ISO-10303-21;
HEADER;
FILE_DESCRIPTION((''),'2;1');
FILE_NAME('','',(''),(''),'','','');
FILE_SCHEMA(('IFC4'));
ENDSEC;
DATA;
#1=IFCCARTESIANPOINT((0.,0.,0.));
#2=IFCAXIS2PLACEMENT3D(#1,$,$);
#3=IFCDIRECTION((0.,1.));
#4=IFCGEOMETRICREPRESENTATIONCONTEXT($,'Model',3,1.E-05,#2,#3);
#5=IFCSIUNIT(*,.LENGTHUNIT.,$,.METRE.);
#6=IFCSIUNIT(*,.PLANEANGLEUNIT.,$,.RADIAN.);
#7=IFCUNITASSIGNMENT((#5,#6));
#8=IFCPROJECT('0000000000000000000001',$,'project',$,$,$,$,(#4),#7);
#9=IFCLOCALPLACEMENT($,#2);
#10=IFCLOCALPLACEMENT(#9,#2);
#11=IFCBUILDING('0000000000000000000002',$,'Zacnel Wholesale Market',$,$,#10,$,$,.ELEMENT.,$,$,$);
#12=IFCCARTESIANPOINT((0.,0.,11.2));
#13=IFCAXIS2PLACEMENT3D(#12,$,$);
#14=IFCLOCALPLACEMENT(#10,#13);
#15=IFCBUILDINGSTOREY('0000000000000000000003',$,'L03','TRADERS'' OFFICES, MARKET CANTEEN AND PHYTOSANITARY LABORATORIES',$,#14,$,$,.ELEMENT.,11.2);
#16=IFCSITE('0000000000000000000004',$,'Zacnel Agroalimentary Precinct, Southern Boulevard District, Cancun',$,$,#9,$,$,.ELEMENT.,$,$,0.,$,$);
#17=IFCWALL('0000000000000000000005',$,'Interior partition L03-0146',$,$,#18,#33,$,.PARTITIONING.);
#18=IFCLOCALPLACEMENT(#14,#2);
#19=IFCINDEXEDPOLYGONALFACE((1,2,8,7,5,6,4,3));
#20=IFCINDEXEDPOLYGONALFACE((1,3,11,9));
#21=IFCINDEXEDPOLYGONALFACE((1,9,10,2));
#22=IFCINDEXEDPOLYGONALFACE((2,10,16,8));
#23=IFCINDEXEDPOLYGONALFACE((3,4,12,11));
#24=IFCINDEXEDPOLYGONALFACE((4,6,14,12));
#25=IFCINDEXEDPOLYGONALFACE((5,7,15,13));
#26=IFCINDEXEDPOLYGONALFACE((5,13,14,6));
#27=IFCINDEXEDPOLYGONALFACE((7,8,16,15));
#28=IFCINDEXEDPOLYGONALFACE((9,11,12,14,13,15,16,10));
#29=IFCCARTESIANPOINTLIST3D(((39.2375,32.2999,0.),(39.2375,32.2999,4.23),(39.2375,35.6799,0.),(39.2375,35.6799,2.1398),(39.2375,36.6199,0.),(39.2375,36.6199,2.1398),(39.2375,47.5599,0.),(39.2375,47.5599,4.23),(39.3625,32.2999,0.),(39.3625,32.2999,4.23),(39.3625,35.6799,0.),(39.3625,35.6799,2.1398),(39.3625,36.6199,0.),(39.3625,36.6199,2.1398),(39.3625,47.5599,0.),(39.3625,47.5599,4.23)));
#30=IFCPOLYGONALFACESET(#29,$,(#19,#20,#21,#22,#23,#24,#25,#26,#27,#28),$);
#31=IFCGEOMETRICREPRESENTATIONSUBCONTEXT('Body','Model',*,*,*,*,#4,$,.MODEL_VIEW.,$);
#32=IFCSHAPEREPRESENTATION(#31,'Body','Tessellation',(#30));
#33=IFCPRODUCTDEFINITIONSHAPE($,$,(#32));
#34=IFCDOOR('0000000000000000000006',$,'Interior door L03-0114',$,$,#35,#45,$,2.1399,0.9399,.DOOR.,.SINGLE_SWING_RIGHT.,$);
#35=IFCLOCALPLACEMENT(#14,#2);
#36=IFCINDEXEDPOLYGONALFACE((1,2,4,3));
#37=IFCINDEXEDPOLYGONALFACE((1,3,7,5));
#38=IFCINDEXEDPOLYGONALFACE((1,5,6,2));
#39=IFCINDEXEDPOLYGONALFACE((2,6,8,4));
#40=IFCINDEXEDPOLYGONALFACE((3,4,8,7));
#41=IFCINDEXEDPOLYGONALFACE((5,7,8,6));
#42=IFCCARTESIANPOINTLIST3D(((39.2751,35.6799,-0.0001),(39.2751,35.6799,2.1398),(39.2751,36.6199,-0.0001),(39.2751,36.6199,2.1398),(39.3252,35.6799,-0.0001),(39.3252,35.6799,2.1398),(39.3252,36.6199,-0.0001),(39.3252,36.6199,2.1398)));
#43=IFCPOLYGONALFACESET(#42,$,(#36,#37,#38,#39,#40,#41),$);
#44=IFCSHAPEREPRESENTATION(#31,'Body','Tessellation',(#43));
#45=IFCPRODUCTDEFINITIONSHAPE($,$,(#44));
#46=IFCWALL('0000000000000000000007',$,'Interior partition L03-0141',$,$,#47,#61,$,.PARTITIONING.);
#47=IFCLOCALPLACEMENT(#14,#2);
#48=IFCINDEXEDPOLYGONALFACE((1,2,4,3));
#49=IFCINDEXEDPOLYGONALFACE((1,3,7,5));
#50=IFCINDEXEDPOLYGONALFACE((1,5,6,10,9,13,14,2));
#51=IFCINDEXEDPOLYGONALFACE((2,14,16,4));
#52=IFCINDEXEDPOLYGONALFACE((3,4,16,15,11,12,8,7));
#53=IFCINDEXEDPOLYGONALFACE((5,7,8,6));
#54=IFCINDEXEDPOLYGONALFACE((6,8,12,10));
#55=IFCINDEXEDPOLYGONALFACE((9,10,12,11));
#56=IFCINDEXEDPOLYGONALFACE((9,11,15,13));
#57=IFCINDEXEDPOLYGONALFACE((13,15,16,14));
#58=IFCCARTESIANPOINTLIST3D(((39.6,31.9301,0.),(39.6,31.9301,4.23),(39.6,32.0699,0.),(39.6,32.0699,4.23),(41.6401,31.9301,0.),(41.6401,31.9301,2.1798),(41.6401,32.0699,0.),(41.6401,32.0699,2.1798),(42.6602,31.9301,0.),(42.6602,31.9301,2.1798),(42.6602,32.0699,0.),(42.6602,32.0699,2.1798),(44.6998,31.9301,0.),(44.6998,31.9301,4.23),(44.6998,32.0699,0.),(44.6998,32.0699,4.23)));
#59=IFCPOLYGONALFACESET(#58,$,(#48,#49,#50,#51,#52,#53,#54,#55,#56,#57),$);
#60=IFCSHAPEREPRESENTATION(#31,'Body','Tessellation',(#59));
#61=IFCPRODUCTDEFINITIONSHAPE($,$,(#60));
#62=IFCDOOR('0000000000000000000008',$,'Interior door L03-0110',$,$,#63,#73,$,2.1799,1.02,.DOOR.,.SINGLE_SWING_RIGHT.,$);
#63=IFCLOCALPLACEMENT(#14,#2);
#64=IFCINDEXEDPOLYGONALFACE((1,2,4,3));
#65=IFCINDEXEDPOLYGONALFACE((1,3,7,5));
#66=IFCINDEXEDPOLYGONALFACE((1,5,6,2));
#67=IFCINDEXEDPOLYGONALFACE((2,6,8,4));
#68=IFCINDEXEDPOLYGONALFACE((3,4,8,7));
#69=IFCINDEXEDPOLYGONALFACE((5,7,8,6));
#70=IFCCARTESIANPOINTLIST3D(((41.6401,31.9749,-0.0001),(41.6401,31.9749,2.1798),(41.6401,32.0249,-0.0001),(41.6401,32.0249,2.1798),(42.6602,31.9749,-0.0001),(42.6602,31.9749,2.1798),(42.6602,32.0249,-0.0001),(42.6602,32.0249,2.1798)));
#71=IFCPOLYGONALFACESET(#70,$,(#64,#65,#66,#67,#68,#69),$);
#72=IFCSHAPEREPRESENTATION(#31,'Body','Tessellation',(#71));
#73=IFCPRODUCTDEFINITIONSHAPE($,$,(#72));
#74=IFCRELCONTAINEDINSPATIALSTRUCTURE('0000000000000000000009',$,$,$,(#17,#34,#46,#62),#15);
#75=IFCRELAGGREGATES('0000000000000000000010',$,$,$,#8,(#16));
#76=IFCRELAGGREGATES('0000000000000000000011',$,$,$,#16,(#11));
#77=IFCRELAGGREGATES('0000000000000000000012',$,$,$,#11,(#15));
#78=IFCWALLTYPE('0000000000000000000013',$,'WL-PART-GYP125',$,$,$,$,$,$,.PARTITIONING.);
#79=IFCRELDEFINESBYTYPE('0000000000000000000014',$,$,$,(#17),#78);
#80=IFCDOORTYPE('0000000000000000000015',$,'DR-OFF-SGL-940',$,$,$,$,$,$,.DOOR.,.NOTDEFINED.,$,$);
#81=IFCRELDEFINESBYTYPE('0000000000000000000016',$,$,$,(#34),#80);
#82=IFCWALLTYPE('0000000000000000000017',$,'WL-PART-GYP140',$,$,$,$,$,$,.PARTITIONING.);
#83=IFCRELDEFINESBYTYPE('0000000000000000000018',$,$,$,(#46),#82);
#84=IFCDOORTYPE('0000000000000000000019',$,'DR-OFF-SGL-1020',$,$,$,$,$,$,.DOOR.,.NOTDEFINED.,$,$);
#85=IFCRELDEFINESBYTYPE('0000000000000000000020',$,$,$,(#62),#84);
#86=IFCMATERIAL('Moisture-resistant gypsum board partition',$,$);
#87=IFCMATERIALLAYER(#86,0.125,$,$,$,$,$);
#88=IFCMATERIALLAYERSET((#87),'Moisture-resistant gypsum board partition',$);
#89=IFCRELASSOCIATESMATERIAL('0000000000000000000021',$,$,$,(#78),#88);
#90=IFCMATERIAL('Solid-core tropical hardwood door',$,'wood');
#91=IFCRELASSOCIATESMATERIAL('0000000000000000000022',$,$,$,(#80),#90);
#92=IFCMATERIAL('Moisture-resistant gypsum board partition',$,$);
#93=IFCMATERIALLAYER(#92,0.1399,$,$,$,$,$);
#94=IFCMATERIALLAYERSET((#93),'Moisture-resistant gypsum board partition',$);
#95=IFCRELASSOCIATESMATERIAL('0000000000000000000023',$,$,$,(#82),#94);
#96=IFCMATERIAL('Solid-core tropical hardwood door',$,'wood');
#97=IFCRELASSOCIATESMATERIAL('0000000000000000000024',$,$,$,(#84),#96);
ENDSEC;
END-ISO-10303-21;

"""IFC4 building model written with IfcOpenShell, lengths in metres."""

from ifc_helpers import new_model, si_unit, direction, frame, frame_2d, origin, place, context, subcontext, project, spatial, rectangle, extrude, material, layer, layer_set, type_object, element, fill, save


model = new_model("IFC4")

# Units and contexts
model_context = context("Model", 3, precision=1e-05, world=origin(), true_north=direction((0.0, 1.0)))
body_context = subcontext(model_context, "Body", "Model", "MODEL_VIEW")
ifc_project = project(units=[si_unit("LENGTHUNIT", "METRE"), si_unit("PLANEANGLEUNIT", "RADIAN")], contexts=[model_context])

# Site, building, storey
site_placement = place(None, origin())
site = spatial("IfcSite", under=ifc_project, at=site_placement, Name="Zacnel Agroalimentary Precinct, Southern Boulevard District, Cancun", CompositionType="ELEMENT", RefElevation=0.0)
building_placement = place(site_placement, origin())
building = spatial("IfcBuilding", under=site, at=building_placement, Name="Zacnel Wholesale Market", CompositionType="ELEMENT")
storey_placement = place(building_placement, frame((0.0, 0.0, 11.2)))
storey = spatial("IfcBuildingStorey", under=building, at=storey_placement, Name="L03", Description="TRADERS' OFFICES, MARKET CANTEEN AND PHYTOSANITARY LABORATORIES", CompositionType="ELEMENT", Elevation=11.2)

# Walls, openings, doors
ifc_material_1 = material(Name="Moisture-resistant gypsum board partition")
ifc_layer_1 = layer(ifc_material_1, 0.125)
ifc_layer_set_1 = layer_set([ifc_layer_1], Name="Moisture-resistant gypsum board partition")
wall_type_1 = type_object("IfcWallType", Name="WL-PART-GYP125", PredefinedType="PARTITIONING", material=ifc_layer_set_1)
wall_1_placement = place(storey_placement, frame((39.3, 32.3, 0.0), z_axis=(0.0, 0.0, 1.0), x_axis=(0.0, 1.0, 0.0)))
wall_1 = element("IfcWall", 1, at=wall_1_placement, inside=storey, type_object=wall_type_1, Name="Interior partition L03-0146", PredefinedType="PARTITIONING", context=body_context, shape_type="SweptSolid", body=[
    extrude(rectangle(XDim=15.26, YDim=0.125, at=frame_2d((7.6299, 0.0))), origin(), (0.0, 0.0, 1.0), 4.23),
])
opening_1_placement = place(wall_1_placement, frame((3.3799, 0.0, 0.0)))
opening_1 = element("IfcOpeningElement", 2, at=opening_1_placement, cuts=wall_1, PredefinedType="OPENING", context=body_context, shape_type="SweptSolid", body=[
    extrude(rectangle(XDim=0.9399, YDim=2.1399, at=frame_2d((0.47, 1.0698))), frame((0.0, 0.0725, 0.0), z_axis=(0.0, -1.0, 0.0), x_axis=(1.0, 0.0, 0.0)), (0.0, 0.0, 1.0), 0.145),
])
ifc_material_2 = material(Name="Solid-core tropical hardwood door", Category="wood")
door_type_1 = type_object("IfcDoorType", Name="DR-OFF-SGL-940", OperationType="NOTDEFINED", PredefinedType="DOOR", material=ifc_material_2)
door_1_placement = place(opening_1_placement, origin())
door_1 = element("IfcDoor", 3, at=door_1_placement, inside=storey, type_object=door_type_1, Name="Interior door L03-0114", OperationType="SINGLE_SWING_RIGHT", OverallHeight=2.1399, OverallWidth=0.9399, PredefinedType="DOOR", context=body_context, shape_type="SweptSolid", body=[
    extrude(rectangle(XDim=0.9399, YDim=2.1399, at=frame_2d((0.47, 1.0698))), frame((0.0, 0.0249, 0.0), z_axis=(0.0, -1.0, 0.0), x_axis=(1.0, 0.0, 0.0)), (0.0, 0.0, 1.0), 0.05),
])
fill(opening_1, door_1)
ifc_material_3 = material(Name="Moisture-resistant gypsum board partition")
ifc_layer_2 = layer(ifc_material_3, 0.1399)
ifc_layer_set_2 = layer_set([ifc_layer_2], Name="Moisture-resistant gypsum board partition")
wall_type_2 = type_object("IfcWallType", Name="WL-PART-GYP140", PredefinedType="PARTITIONING", material=ifc_layer_set_2)
wall_2_placement = place(storey_placement, frame((39.6001, 32.0, 0.0), z_axis=(0.0, 0.0, 1.0), x_axis=(1.0, 0.0, 0.0)))
wall_2 = element("IfcWall", 4, at=wall_2_placement, inside=storey, type_object=wall_type_2, Name="Interior partition L03-0141", PredefinedType="PARTITIONING", context=body_context, shape_type="SweptSolid", body=[
    extrude(rectangle(XDim=5.0999, YDim=0.1399, at=frame_2d((2.5498, 0.0))), origin(), (0.0, 0.0, 1.0), 4.23),
])
opening_2_placement = place(wall_2_placement, frame((2.04, 0.0, 0.0)))
opening_2 = element("IfcOpeningElement", 5, at=opening_2_placement, cuts=wall_2, PredefinedType="OPENING", context=body_context, shape_type="SweptSolid", body=[
    extrude(rectangle(XDim=1.02, YDim=2.1799, at=frame_2d((0.51, 1.0898))), frame((0.0, 0.0798, 0.0), z_axis=(0.0, -1.0, 0.0), x_axis=(1.0, 0.0, 0.0)), (0.0, 0.0, 1.0), 0.1599),
])
ifc_material_4 = material(Name="Solid-core tropical hardwood door", Category="wood")
door_type_2 = type_object("IfcDoorType", Name="DR-OFF-SGL-1020", OperationType="NOTDEFINED", PredefinedType="DOOR", material=ifc_material_4)
door_2_placement = place(opening_2_placement, origin())
door_2 = element("IfcDoor", 6, at=door_2_placement, inside=storey, type_object=door_type_2, Name="Interior door L03-0110", OperationType="SINGLE_SWING_RIGHT", OverallHeight=2.1799, OverallWidth=1.02, PredefinedType="DOOR", context=body_context, shape_type="SweptSolid", body=[
    extrude(rectangle(XDim=1.02, YDim=2.1799, at=frame_2d((0.51, 1.0898))), frame((0.0, 0.0249, 0.0), z_axis=(0.0, -1.0, 0.0), x_axis=(1.0, 0.0, 0.0)), (0.0, 0.0, 1.0), 0.05),
])
fill(opening_2, door_2)

save(model, "model.ifc")
